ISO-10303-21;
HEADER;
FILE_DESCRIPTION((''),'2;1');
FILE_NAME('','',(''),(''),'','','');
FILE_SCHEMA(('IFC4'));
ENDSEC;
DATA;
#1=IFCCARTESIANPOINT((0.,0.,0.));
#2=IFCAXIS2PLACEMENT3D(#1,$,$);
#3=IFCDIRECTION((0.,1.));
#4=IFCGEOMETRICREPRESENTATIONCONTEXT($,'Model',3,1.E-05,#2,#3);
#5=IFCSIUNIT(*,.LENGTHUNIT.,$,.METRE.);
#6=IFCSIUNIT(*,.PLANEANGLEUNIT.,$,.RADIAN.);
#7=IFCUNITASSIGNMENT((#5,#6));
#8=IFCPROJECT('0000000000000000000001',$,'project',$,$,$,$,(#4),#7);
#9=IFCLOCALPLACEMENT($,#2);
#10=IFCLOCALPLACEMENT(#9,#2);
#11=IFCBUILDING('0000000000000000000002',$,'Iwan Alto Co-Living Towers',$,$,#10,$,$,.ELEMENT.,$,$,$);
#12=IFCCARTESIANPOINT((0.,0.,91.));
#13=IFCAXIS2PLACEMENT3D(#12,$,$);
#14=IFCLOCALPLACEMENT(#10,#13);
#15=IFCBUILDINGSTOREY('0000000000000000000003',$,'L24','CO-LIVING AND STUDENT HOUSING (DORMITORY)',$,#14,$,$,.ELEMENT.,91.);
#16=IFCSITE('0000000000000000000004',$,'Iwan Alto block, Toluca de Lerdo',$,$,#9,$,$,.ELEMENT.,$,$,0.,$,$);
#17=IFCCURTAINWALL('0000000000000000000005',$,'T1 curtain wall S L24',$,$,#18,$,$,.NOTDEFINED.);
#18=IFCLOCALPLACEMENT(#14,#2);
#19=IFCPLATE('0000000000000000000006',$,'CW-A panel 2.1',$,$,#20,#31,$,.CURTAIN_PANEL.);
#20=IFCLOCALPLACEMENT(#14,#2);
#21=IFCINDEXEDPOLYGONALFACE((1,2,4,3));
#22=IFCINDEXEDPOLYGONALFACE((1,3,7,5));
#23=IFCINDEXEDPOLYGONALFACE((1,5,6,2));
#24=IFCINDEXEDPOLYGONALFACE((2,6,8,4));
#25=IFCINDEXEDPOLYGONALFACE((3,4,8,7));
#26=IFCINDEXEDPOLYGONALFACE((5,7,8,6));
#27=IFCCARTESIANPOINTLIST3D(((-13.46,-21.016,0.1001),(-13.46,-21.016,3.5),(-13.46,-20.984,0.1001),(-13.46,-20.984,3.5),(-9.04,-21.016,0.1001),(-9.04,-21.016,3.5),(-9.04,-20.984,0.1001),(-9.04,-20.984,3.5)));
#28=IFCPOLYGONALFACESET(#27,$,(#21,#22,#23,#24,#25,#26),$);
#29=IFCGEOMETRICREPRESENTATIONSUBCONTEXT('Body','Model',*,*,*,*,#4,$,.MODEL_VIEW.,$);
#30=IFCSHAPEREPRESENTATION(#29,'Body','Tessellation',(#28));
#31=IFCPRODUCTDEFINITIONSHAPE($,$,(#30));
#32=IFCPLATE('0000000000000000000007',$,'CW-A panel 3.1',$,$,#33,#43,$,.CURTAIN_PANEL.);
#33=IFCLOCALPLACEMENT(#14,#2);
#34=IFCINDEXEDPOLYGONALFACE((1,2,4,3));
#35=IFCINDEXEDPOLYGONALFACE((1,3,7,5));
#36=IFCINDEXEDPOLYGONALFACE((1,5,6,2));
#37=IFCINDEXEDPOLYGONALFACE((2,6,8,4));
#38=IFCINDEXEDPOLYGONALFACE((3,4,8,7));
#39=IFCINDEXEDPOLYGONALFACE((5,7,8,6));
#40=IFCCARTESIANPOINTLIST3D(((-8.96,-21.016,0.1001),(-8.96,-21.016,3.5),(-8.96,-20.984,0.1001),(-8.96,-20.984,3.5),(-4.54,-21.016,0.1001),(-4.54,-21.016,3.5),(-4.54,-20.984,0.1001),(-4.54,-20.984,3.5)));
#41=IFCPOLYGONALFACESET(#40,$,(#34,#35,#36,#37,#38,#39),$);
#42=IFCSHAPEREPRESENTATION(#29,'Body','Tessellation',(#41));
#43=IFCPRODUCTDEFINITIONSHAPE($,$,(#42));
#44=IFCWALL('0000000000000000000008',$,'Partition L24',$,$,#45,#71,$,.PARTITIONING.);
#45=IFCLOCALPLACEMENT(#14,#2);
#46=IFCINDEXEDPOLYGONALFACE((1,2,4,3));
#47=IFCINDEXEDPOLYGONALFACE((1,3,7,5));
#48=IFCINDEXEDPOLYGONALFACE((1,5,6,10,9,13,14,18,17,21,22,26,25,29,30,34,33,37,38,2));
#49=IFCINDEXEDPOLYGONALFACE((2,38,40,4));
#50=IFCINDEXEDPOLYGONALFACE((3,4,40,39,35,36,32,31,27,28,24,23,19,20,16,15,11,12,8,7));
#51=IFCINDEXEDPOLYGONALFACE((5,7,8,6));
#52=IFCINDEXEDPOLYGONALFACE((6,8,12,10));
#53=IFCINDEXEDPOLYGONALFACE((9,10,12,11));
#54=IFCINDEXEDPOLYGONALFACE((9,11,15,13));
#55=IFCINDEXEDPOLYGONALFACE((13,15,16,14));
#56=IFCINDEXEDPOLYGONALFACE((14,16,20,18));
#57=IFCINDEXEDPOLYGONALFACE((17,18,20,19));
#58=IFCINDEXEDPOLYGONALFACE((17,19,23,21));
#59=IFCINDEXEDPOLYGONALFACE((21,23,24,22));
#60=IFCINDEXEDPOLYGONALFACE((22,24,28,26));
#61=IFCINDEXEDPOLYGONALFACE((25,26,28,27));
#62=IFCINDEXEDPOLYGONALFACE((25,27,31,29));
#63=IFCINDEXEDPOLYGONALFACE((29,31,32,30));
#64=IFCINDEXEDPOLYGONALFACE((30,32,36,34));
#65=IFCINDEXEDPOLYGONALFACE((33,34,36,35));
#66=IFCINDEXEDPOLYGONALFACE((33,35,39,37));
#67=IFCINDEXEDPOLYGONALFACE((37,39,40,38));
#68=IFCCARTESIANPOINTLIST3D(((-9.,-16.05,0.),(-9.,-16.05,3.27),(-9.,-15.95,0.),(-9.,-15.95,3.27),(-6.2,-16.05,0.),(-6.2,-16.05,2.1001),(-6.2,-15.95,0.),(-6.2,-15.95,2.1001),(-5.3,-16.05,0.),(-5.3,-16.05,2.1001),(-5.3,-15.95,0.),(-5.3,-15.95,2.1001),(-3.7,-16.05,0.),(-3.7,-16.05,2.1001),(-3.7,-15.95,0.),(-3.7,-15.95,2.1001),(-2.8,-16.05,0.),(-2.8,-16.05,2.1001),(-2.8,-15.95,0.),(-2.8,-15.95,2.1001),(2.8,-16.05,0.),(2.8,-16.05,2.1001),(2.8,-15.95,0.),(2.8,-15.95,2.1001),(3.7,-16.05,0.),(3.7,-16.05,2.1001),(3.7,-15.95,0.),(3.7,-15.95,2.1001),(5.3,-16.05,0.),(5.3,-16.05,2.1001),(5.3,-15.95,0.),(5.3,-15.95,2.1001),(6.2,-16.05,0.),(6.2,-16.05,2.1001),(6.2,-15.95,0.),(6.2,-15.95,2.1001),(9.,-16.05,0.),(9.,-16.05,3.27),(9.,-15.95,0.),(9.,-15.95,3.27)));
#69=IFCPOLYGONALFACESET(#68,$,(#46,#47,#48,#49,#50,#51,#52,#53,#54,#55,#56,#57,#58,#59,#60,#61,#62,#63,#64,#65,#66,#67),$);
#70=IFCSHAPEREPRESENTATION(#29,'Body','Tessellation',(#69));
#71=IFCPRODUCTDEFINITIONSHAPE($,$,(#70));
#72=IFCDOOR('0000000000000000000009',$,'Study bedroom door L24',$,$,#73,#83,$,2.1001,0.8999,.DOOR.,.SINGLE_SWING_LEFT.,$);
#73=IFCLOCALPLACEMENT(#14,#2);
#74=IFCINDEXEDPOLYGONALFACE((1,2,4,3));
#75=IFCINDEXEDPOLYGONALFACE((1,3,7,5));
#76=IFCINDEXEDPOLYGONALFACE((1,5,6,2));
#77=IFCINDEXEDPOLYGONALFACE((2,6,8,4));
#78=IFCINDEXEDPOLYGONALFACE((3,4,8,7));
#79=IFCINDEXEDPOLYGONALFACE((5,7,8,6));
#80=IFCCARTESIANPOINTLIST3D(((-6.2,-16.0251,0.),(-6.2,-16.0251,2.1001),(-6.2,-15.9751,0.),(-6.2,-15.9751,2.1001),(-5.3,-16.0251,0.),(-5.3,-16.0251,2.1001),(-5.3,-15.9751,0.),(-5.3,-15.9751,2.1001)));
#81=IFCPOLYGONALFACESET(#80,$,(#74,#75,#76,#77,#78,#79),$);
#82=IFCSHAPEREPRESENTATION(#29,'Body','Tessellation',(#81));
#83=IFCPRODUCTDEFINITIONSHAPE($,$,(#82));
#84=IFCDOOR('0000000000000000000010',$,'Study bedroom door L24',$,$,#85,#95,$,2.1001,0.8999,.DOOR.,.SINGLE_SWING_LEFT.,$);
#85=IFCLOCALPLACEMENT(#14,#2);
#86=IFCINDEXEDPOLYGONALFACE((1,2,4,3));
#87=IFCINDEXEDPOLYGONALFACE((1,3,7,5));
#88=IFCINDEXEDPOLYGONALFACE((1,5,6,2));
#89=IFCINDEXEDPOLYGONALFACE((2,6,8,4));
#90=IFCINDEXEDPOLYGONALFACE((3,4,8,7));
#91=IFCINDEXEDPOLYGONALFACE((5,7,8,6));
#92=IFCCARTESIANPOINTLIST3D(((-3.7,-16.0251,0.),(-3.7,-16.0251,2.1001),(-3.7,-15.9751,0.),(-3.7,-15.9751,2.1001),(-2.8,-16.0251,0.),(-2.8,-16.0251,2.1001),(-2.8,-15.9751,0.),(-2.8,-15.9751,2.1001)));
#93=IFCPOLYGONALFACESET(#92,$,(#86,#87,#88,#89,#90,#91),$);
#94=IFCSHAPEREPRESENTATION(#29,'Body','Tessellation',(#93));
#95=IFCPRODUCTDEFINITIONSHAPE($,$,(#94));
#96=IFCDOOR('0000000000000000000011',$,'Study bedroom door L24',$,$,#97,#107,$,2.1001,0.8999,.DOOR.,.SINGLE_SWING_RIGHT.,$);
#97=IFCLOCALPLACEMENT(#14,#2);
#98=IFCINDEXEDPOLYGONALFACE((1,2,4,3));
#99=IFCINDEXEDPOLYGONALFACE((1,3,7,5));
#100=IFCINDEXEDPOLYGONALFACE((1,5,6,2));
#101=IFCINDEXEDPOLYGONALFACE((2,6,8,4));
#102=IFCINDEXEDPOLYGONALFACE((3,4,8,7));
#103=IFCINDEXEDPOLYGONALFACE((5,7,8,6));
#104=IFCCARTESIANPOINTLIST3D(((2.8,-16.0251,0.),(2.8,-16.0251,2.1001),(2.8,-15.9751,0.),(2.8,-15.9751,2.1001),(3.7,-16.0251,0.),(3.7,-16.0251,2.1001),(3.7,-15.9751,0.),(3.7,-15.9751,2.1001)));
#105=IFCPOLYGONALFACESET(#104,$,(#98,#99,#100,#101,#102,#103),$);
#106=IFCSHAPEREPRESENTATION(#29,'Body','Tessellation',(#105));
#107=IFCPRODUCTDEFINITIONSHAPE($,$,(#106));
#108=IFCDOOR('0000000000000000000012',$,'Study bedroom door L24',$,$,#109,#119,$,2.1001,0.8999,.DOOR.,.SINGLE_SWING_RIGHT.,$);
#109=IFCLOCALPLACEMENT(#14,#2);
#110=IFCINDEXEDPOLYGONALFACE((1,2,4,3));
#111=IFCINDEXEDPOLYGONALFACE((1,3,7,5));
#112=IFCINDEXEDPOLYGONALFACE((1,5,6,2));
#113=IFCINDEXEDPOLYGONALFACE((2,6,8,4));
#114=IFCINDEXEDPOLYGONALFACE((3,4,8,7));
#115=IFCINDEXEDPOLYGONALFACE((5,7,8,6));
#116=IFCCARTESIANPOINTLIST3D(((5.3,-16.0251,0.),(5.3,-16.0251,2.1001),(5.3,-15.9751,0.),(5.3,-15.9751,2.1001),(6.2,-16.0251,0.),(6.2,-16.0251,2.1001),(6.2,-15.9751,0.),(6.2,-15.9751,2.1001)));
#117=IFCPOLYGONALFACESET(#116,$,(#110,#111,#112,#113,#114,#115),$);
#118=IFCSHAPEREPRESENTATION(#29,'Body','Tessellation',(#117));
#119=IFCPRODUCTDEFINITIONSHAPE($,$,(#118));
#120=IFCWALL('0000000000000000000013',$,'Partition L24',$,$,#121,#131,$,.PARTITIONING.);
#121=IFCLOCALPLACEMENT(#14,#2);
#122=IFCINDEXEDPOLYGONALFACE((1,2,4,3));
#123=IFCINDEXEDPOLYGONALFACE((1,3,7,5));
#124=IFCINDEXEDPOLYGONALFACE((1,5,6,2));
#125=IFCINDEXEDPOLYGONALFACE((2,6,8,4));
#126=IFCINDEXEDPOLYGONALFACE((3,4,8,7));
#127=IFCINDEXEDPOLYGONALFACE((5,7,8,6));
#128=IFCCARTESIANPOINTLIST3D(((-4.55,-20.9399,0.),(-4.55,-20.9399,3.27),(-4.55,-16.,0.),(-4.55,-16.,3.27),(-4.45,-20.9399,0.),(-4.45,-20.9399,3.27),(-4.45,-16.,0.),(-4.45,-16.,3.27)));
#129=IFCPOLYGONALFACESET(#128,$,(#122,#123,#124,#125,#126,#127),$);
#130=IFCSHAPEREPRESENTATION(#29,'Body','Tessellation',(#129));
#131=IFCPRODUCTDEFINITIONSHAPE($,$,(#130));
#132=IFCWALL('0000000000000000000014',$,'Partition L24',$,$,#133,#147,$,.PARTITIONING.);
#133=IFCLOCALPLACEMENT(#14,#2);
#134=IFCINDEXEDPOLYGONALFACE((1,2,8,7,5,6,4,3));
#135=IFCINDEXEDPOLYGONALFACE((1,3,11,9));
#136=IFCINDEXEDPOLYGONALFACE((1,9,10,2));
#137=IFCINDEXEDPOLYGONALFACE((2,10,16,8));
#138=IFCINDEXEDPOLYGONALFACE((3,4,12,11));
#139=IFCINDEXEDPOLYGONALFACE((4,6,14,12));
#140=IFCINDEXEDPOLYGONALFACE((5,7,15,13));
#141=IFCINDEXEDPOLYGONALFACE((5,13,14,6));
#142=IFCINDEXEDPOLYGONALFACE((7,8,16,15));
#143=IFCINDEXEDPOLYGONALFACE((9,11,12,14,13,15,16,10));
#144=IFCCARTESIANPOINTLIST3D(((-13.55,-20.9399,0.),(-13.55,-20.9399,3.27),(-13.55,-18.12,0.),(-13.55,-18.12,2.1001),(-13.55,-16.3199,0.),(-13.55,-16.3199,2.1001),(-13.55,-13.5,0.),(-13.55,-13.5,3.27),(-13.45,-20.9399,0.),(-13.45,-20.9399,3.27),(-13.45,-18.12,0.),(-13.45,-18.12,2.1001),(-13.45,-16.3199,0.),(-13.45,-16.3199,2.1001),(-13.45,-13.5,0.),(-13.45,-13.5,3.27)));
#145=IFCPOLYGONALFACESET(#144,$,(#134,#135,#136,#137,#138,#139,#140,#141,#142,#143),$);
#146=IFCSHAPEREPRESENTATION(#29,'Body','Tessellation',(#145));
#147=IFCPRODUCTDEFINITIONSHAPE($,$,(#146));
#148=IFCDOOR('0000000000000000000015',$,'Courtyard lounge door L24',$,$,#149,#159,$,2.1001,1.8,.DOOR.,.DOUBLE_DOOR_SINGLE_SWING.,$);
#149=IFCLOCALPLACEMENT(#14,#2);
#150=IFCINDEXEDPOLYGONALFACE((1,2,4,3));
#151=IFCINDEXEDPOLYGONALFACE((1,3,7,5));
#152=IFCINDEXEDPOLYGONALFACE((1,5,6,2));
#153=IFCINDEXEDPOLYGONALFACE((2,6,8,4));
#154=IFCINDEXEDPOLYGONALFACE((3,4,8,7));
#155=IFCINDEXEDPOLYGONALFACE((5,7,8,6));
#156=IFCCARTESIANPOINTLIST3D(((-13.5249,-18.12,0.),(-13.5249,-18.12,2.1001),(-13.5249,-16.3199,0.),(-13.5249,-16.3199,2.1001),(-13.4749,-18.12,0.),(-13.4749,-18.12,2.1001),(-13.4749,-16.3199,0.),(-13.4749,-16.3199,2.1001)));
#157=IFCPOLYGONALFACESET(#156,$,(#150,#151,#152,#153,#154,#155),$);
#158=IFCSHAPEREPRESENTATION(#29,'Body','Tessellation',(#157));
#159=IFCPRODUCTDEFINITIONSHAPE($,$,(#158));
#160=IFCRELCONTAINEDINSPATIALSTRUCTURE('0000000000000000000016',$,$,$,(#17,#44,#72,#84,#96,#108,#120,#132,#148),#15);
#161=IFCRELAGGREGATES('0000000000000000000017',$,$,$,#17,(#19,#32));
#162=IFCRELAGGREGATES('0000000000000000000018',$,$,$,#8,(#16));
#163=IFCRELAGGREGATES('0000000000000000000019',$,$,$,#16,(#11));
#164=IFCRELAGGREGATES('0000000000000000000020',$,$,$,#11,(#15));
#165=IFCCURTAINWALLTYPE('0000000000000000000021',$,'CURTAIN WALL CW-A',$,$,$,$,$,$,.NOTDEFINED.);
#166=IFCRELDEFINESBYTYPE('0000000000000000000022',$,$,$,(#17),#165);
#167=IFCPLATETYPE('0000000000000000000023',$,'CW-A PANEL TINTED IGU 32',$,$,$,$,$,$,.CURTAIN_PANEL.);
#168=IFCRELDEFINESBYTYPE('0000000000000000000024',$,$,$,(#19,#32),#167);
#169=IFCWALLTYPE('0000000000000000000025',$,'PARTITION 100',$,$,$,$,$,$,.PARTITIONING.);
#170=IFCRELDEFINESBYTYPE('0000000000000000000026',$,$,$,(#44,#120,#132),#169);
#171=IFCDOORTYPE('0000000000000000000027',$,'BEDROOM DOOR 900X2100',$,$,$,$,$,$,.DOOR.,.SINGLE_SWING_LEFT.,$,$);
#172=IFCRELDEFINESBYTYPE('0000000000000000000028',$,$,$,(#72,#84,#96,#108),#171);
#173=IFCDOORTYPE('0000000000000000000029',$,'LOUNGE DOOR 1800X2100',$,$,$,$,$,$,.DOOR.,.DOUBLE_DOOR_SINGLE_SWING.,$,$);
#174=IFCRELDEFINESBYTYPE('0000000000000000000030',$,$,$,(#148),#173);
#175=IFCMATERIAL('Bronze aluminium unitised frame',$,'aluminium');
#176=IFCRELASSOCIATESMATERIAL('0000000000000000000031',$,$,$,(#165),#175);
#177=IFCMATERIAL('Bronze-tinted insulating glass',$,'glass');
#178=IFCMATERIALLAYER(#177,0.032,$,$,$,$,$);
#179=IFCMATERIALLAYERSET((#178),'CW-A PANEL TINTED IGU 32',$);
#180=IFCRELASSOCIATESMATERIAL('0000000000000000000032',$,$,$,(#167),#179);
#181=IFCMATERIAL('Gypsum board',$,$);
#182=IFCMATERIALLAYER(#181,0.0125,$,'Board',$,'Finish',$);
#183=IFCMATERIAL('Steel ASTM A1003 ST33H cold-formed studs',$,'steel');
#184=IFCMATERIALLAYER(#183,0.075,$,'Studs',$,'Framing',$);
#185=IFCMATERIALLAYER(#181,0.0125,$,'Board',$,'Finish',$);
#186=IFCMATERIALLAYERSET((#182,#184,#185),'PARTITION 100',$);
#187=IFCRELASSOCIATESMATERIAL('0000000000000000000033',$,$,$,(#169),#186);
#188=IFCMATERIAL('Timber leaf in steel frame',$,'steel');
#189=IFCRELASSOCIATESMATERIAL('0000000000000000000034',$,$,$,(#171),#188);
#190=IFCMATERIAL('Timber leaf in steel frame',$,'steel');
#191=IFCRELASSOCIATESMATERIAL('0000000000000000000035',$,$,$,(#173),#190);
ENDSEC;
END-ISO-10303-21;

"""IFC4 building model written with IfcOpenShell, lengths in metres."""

from ifc_helpers import new_model, si_unit, direction, frame, frame_2d, origin, origin_2d, place, context, subcontext, project, spatial, rectangle, extrude, material, layer, layer_set, type_object, element, fill, aggregate, save


model = new_model("IFC4")

# Units and contexts
model_context = context("Model", 3, precision=1e-05, world=origin(), true_north=direction((0.0, 1.0)))
body_context = subcontext(model_context, "Body", "Model", "MODEL_VIEW")
ifc_project = project(units=[si_unit("LENGTHUNIT", "METRE"), si_unit("PLANEANGLEUNIT", "RADIAN")], contexts=[model_context])

# Site, building, storey
site_placement = place(None, origin())
site = spatial("IfcSite", under=ifc_project, at=site_placement, Name="Iwan Alto block, Toluca de Lerdo", CompositionType="ELEMENT", RefElevation=0.0)
building_placement = place(site_placement, origin())
building = spatial("IfcBuilding", under=site, at=building_placement, Name="Iwan Alto Co-Living Towers", CompositionType="ELEMENT")
storey_placement = place(building_placement, frame((0.0, 0.0, 91.0)))
storey = spatial("IfcBuildingStorey", under=building, at=storey_placement, Name="L24", Description="CO-LIVING AND STUDENT HOUSING (DORMITORY)", CompositionType="ELEMENT", Elevation=91.0)

# Curtain wall
ifc_material_1 = material(Name="Bronze aluminium unitised frame", Category="aluminium")
curtain_wall_type = type_object("IfcCurtainWallType", Name="CURTAIN WALL CW-A", PredefinedType="NOTDEFINED", material=ifc_material_1)
curtain_wall_placement = place(storey_placement, origin())
curtain_wall = element("IfcCurtainWall", 1, at=curtain_wall_placement, inside=storey, type_object=curtain_wall_type, Name="T1 curtain wall S L24", PredefinedType="NOTDEFINED")

# Plates
ifc_material_2 = material(Name="Bronze-tinted insulating glass", Category="glass")
ifc_layer_1 = layer(ifc_material_2, 0.032)
ifc_layer_set_1 = layer_set([ifc_layer_1], Name="CW-A PANEL TINTED IGU 32")
plate_type = type_object("IfcPlateType", Name="CW-A PANEL TINTED IGU 32", PredefinedType="CURTAIN_PANEL", material=ifc_layer_set_1)
plate_1_placement = place(storey_placement, frame((-11.25, -21.0, 0.1001), z_axis=(0.0, 0.0, 1.0), x_axis=(1.0, 0.0, 0.0)))
plate_1 = element("IfcPlate", 2, at=plate_1_placement, type_object=plate_type, Name="CW-A panel 2.1", PredefinedType="CURTAIN_PANEL", context=body_context, shape_type="SweptSolid", body=[
    extrude(rectangle(XDim=4.4199, YDim=0.032, at=origin_2d()), origin(), (0.0, 0.0, 1.0), 3.3999),
])
plate_2_placement = place(storey_placement, frame((-6.75, -21.0, 0.1001), z_axis=(0.0, 0.0, 1.0), x_axis=(1.0, 0.0, 0.0)))
plate_2 = element("IfcPlate", 3, at=plate_2_placement, type_object=plate_type, Name="CW-A panel 3.1", PredefinedType="CURTAIN_PANEL", context=body_context, shape_type="SweptSolid", body=[
    extrude(rectangle(XDim=4.4199, YDim=0.032, at=origin_2d()), origin(), (0.0, 0.0, 1.0), 3.3999),
])
aggregate(curtain_wall, [plate_1, plate_2])

# Wall, openings, doors
ifc_material_3 = material(Name="Gypsum board")
ifc_layer_2 = layer(ifc_material_3, 0.0125, Name="Board", Category="Finish")
ifc_material_4 = material(Name="Steel ASTM A1003 ST33H cold-formed studs", Category="steel")
ifc_layer_3 = layer(ifc_material_4, 0.075, Name="Studs", Category="Framing")
ifc_layer_4 = layer(ifc_material_3, 0.0125, Name="Board", Category="Finish")
ifc_layer_set_2 = layer_set([ifc_layer_2, ifc_layer_3, ifc_layer_4], Name="PARTITION 100")
wall_type_1 = type_object("IfcWallType", Name="PARTITION 100", PredefinedType="PARTITIONING", material=ifc_layer_set_2)
wall_1_placement = place(storey_placement, frame((-9.0, -16.0, 0.0), z_axis=(0.0, 0.0, 1.0), x_axis=(1.0, 0.0, 0.0)))
wall_1 = element("IfcWall", 4, at=wall_1_placement, inside=storey, type_object=wall_type_1, Name="Partition L24", PredefinedType="PARTITIONING", context=body_context, shape_type="SweptSolid", body=[
    extrude(rectangle(XDim=18.0, YDim=0.1001, at=frame_2d((9.0, 0.0))), origin(), (0.0, 0.0, 1.0), 3.27),
])
opening_1_placement = place(wall_1_placement, frame((2.8, 0.0, 0.0)))
opening_1 = element("IfcOpeningElement", 5, at=opening_1_placement, cuts=wall_1, PredefinedType="OPENING", context=body_context, shape_type="SweptSolid", body=[
    extrude(rectangle(XDim=0.8999, YDim=2.1001, at=frame_2d((0.45, 1.05))), frame((0.0, 0.0601, 0.0), z_axis=(0.0, -1.0, 0.0), x_axis=(1.0, 0.0, 0.0)), (0.0, 0.0, 1.0), 0.1201),
])
opening_2_placement = place(wall_1_placement, frame((5.3, 0.0, 0.0)))
opening_2 = element("IfcOpeningElement", 6, at=opening_2_placement, cuts=wall_1, PredefinedType="OPENING", context=body_context, shape_type="SweptSolid", body=[
    extrude(rectangle(XDim=0.8999, YDim=2.1001, at=frame_2d((0.45, 1.05))), frame((0.0, 0.0601, 0.0), z_axis=(0.0, -1.0, 0.0), x_axis=(1.0, 0.0, 0.0)), (0.0, 0.0, 1.0), 0.1201),
])
opening_3_placement = place(wall_1_placement, frame((11.8, 0.0, 0.0)))
opening_3 = element("IfcOpeningElement", 7, at=opening_3_placement, cuts=wall_1, PredefinedType="OPENING", context=body_context, shape_type="SweptSolid", body=[
    extrude(rectangle(XDim=0.8999, YDim=2.1001, at=frame_2d((0.45, 1.05))), frame((0.0, 0.0601, 0.0), z_axis=(0.0, -1.0, 0.0), x_axis=(1.0, 0.0, 0.0)), (0.0, 0.0, 1.0), 0.1201),
])
opening_4_placement = place(wall_1_placement, frame((14.3, 0.0, 0.0)))
opening_4 = element("IfcOpeningElement", 8, at=opening_4_placement, cuts=wall_1, PredefinedType="OPENING", context=body_context, shape_type="SweptSolid", body=[
    extrude(rectangle(XDim=0.8999, YDim=2.1001, at=frame_2d((0.45, 1.05))), frame((0.0, 0.0601, 0.0), z_axis=(0.0, -1.0, 0.0), x_axis=(1.0, 0.0, 0.0)), (0.0, 0.0, 1.0), 0.1201),
])
ifc_material_5 = material(Name="Timber leaf in steel frame", Category="steel")
door_type_1 = type_object("IfcDoorType", Name="BEDROOM DOOR 900X2100", OperationType="SINGLE_SWING_LEFT", PredefinedType="DOOR", material=ifc_material_5)
door_1_placement = place(opening_1_placement, origin())
door_1 = element("IfcDoor", 9, at=door_1_placement, inside=storey, type_object=door_type_1, Name="Study bedroom door L24", OperationType="SINGLE_SWING_LEFT", OverallHeight=2.1001, OverallWidth=0.8999, PredefinedType="DOOR", context=body_context, shape_type="SweptSolid", body=[
    extrude(rectangle(XDim=0.8999, YDim=2.1001, at=frame_2d((0.45, 1.05))), frame((0.0, 0.0249, 0.0), z_axis=(0.0, -1.0, 0.0), x_axis=(1.0, 0.0, 0.0)), (0.0, 0.0, 1.0), 0.05),
])
fill(opening_1, door_1)
door_2_placement = place(opening_2_placement, origin())
door_2 = element("IfcDoor", 10, at=door_2_placement, inside=storey, type_object=door_type_1, Name="Study bedroom door L24", OperationType="SINGLE_SWING_LEFT", OverallHeight=2.1001, OverallWidth=0.8999, PredefinedType="DOOR", context=body_context, shape_type="SweptSolid", body=[
    extrude(rectangle(XDim=0.8999, YDim=2.1001, at=frame_2d((0.45, 1.05))), frame((0.0, 0.0249, 0.0), z_axis=(0.0, -1.0, 0.0), x_axis=(1.0, 0.0, 0.0)), (0.0, 0.0, 1.0), 0.05),
])
fill(opening_2, door_2)
door_3_placement = place(opening_3_placement, origin())
door_3 = element("IfcDoor", 11, at=door_3_placement, inside=storey, type_object=door_type_1, Name="Study bedroom door L24", OperationType="SINGLE_SWING_RIGHT", OverallHeight=2.1001, OverallWidth=0.8999, PredefinedType="DOOR", context=body_context, shape_type="SweptSolid", body=[
    extrude(rectangle(XDim=0.8999, YDim=2.1001, at=frame_2d((0.45, 1.05))), frame((0.0, 0.0249, 0.0), z_axis=(0.0, -1.0, 0.0), x_axis=(1.0, 0.0, 0.0)), (0.0, 0.0, 1.0), 0.05),
])
fill(opening_3, door_3)
door_4_placement = place(opening_4_placement, origin())
door_4 = element("IfcDoor", 12, at=door_4_placement, inside=storey, type_object=door_type_1, Name="Study bedroom door L24", OperationType="SINGLE_SWING_RIGHT", OverallHeight=2.1001, OverallWidth=0.8999, PredefinedType="DOOR", context=body_context, shape_type="SweptSolid", body=[
    extrude(rectangle(XDim=0.8999, YDim=2.1001, at=frame_2d((0.45, 1.05))), frame((0.0, 0.0249, 0.0), z_axis=(0.0, -1.0, 0.0), x_axis=(1.0, 0.0, 0.0)), (0.0, 0.0, 1.0), 0.05),
])
fill(opening_4, door_4)

# Wall
wall_2_placement = place(storey_placement, frame((-4.5, -20.9399, 0.0), z_axis=(0.0, 0.0, 1.0), x_axis=(0.0, 1.0, 0.0)))
element("IfcWall", 13, at=wall_2_placement, inside=storey, type_object=wall_type_1, Name="Partition L24", PredefinedType="PARTITIONING", context=body_context, shape_type="SweptSolid", body=[
    extrude(rectangle(XDim=4.9399, YDim=0.1001, at=frame_2d((2.47, 0.0))), origin(), (0.0, 0.0, 1.0), 3.27),
])

# Wall, opening, door
wall_3_placement = place(storey_placement, frame((-13.5, -20.9399, 0.0), z_axis=(0.0, 0.0, 1.0), x_axis=(0.0, 1.0, 0.0)))
wall_3 = element("IfcWall", 14, at=wall_3_placement, inside=storey, type_object=wall_type_1, Name="Partition L24", PredefinedType="PARTITIONING", context=body_context, shape_type="SweptSolid", body=[
    extrude(rectangle(XDim=7.4399, YDim=0.1001, at=frame_2d((3.72, 0.0))), origin(), (0.0, 0.0, 1.0), 3.27),
])
opening_5_placement = place(wall_3_placement, frame((2.8201, 0.0, 0.0)))
opening_5 = element("IfcOpeningElement", 15, at=opening_5_placement, cuts=wall_3, PredefinedType="OPENING", context=body_context, shape_type="SweptSolid", body=[
    extrude(rectangle(XDim=1.8, YDim=2.1001, at=frame_2d((0.8999, 1.05))), frame((0.0, 0.0601, 0.0), z_axis=(0.0, -1.0, 0.0), x_axis=(1.0, 0.0, 0.0)), (0.0, 0.0, 1.0), 0.1201),
])
ifc_material_6 = material(Name="Timber leaf in steel frame", Category="steel")
door_type_2 = type_object("IfcDoorType", Name="LOUNGE DOOR 1800X2100", OperationType="DOUBLE_DOOR_SINGLE_SWING", PredefinedType="DOOR", material=ifc_material_6)
door_5_placement = place(opening_5_placement, origin())
door_5 = element("IfcDoor", 16, at=door_5_placement, inside=storey, type_object=door_type_2, Name="Courtyard lounge door L24", OperationType="DOUBLE_DOOR_SINGLE_SWING", OverallHeight=2.1001, OverallWidth=1.8, PredefinedType="DOOR", context=body_context, shape_type="SweptSolid", body=[
    extrude(rectangle(XDim=1.8, YDim=2.1001, at=frame_2d((0.8999, 1.05))), frame((0.0, 0.0249, 0.0), z_axis=(0.0, -1.0, 0.0), x_axis=(1.0, 0.0, 0.0)), (0.0, 0.0, 1.0), 0.05),
])
fill(opening_5, door_5)

save(model, "model.ifc")
